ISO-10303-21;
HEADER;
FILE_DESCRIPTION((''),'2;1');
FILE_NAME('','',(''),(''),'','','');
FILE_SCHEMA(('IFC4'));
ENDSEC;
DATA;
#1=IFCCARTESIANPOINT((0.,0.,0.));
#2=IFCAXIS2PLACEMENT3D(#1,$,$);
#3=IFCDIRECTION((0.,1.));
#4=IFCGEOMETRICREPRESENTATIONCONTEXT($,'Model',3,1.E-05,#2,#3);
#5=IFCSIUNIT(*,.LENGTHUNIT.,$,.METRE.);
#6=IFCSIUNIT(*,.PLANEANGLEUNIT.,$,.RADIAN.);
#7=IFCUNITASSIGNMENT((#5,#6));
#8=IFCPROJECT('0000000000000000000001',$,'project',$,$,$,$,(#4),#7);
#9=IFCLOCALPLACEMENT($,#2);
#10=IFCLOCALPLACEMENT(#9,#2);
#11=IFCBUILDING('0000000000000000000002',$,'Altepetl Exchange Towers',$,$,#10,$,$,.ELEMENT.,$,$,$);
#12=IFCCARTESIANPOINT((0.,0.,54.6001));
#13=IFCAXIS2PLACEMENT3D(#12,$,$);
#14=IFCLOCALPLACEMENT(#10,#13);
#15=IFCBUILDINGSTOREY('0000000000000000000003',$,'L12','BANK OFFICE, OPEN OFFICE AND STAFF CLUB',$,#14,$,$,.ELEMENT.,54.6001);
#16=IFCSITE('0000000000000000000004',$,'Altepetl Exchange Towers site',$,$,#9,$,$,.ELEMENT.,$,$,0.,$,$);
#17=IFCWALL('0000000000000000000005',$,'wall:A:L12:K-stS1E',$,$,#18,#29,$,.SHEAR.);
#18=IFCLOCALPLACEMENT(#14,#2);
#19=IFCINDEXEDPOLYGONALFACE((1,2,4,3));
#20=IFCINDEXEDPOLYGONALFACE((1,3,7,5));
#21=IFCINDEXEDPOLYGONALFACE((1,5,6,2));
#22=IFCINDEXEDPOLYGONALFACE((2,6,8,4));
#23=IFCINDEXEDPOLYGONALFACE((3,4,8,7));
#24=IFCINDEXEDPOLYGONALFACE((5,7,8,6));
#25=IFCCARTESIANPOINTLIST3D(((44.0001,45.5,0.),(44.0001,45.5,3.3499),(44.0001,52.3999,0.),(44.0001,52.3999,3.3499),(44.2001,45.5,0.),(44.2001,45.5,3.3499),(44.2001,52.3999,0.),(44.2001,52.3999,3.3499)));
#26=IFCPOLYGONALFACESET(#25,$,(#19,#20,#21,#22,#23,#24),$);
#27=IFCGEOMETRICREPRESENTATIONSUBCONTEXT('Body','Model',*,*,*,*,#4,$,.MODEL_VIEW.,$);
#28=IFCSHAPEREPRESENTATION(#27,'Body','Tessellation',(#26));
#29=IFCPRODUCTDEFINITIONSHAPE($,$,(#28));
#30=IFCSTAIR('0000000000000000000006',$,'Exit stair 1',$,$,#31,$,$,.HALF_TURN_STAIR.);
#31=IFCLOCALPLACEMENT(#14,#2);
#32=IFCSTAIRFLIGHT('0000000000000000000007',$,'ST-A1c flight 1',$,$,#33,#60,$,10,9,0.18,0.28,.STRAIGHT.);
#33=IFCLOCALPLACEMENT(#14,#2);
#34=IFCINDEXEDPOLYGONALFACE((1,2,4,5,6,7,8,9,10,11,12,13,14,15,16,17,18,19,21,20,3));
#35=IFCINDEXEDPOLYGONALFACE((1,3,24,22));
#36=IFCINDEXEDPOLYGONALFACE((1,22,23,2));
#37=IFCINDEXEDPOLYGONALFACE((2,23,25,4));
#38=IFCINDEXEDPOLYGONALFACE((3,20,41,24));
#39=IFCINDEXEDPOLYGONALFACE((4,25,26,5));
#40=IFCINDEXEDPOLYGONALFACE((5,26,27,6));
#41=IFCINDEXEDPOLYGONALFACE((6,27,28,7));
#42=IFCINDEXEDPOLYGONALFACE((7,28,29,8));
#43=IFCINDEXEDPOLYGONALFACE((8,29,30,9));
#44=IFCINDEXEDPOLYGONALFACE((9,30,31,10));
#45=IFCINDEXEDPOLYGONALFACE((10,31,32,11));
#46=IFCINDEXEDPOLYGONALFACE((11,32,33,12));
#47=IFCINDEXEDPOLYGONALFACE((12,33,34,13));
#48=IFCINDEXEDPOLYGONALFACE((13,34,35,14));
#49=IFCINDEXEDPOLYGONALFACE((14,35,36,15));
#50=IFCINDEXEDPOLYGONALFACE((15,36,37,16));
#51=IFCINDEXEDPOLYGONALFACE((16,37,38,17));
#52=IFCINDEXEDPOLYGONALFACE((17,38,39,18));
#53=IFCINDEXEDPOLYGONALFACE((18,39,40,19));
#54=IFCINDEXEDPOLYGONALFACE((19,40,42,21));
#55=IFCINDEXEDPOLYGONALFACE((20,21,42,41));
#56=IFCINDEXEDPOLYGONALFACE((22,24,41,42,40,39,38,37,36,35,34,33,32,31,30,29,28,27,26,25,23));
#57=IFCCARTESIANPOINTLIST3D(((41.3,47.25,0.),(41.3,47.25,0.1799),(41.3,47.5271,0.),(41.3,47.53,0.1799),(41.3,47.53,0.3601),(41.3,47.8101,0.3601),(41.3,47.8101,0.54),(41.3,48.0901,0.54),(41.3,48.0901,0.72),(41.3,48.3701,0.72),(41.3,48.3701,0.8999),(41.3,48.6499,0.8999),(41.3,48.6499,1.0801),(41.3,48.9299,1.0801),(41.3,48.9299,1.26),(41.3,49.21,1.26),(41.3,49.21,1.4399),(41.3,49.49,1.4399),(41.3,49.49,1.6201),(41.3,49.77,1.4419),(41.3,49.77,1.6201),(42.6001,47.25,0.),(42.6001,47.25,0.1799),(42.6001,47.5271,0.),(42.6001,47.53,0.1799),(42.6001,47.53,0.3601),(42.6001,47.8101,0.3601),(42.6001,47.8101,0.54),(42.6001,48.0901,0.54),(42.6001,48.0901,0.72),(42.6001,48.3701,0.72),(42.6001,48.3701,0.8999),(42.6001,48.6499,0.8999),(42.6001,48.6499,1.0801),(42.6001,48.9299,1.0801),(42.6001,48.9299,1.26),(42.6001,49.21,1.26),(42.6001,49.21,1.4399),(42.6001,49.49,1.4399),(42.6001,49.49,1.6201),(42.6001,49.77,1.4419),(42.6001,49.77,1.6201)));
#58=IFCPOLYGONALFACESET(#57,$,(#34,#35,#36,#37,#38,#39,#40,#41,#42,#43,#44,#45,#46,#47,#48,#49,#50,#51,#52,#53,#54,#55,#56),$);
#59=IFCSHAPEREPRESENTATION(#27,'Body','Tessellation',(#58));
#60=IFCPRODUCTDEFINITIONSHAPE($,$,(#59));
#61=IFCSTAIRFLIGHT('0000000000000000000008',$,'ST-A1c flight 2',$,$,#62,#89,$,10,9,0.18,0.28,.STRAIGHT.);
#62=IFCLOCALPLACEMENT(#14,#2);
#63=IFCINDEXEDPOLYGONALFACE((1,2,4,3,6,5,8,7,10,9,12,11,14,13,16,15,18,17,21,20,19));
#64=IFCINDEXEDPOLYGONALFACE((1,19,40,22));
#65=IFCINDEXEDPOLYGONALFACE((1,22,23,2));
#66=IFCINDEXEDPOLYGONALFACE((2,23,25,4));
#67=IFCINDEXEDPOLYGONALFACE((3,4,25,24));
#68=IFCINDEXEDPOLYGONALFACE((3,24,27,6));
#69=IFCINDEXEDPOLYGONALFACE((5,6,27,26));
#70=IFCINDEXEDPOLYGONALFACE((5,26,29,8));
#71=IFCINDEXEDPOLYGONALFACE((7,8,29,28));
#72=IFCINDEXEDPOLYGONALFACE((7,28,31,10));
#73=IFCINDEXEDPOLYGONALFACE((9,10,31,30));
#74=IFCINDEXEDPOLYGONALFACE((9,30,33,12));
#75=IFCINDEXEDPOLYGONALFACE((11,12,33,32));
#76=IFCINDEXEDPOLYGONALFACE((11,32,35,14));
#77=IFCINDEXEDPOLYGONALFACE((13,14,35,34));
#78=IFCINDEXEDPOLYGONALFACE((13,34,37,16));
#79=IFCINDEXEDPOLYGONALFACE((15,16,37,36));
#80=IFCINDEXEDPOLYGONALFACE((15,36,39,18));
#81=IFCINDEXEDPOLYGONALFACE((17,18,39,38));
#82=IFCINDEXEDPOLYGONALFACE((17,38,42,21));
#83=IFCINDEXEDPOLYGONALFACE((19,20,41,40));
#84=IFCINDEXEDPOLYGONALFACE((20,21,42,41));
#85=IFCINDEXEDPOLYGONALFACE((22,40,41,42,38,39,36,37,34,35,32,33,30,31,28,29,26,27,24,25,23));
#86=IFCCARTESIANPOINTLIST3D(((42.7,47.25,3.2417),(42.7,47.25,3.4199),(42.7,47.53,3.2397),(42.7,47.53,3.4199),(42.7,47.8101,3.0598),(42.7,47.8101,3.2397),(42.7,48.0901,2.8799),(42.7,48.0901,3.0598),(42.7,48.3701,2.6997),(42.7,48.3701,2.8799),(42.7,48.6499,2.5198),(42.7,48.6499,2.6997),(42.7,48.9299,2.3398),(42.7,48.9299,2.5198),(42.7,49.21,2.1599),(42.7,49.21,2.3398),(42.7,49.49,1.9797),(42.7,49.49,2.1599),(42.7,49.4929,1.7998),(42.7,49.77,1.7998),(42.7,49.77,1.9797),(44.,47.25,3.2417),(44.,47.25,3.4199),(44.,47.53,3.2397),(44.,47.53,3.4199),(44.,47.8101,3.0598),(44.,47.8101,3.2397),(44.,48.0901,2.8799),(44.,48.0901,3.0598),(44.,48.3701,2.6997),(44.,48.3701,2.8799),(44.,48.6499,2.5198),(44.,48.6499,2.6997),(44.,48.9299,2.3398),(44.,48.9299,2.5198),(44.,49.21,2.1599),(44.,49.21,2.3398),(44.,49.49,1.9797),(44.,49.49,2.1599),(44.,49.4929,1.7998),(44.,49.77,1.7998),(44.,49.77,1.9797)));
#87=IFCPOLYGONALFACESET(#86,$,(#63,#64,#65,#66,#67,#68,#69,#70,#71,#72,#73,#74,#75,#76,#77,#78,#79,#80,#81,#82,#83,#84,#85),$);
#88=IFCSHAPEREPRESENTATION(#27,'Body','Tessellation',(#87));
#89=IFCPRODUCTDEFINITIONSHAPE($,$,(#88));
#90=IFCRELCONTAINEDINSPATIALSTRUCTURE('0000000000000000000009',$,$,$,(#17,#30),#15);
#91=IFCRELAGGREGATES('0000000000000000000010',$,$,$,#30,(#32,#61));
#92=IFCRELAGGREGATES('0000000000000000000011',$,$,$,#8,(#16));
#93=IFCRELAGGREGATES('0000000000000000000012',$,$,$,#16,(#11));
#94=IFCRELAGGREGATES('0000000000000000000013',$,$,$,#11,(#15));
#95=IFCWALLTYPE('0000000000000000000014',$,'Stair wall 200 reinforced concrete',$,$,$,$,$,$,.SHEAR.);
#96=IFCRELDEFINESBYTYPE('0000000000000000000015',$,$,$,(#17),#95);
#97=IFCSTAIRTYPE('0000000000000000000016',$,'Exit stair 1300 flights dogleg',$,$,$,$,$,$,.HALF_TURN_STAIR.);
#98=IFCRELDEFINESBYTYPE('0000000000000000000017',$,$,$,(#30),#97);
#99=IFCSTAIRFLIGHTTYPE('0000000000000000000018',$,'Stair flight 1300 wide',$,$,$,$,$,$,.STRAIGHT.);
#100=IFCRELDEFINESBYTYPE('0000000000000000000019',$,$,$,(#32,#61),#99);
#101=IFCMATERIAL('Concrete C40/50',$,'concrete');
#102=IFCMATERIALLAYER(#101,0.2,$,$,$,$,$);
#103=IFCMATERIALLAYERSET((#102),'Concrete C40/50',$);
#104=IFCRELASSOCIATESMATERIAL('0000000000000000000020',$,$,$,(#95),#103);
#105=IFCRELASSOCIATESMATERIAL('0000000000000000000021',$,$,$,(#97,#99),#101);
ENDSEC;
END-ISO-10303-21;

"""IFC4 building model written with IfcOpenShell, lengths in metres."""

from ifc_helpers import new_model, si_unit, direction, frame, frame_2d, origin, place, context, subcontext, project, spatial, polyline, rectangle, outline, extrude, material, layer, layer_set, type_object, element, aggregate, save


model = new_model("IFC4")

# Units and contexts
model_context = context("Model", 3, precision=1e-05, world=origin(), true_north=direction((0.0, 1.0)))
body_context = subcontext(model_context, "Body", "Model", "MODEL_VIEW")
ifc_project = project(units=[si_unit("LENGTHUNIT", "METRE"), si_unit("PLANEANGLEUNIT", "RADIAN")], contexts=[model_context])

# Site, building, storey
site_placement = place(None, origin())
site = spatial("IfcSite", under=ifc_project, at=site_placement, Name="Altepetl Exchange Towers site", CompositionType="ELEMENT", RefElevation=0.0)
building_placement = place(site_placement, origin())
building = spatial("IfcBuilding", under=site, at=building_placement, Name="Altepetl Exchange Towers", CompositionType="ELEMENT")
storey_placement = place(building_placement, frame((0.0, 0.0, 54.6001)))
storey = spatial("IfcBuildingStorey", under=building, at=storey_placement, Name="L12", Description="BANK OFFICE, OPEN OFFICE AND STAFF CLUB", CompositionType="ELEMENT", Elevation=54.6001)

# Shared definitions
ifc_material_1 = material(Name="Concrete C40/50", Category="concrete")

# Wall
ifc_layer_1 = layer(ifc_material_1, 0.2)
ifc_layer_set_1 = layer_set([ifc_layer_1], Name="Concrete C40/50")
wall_type_1 = type_object("IfcWallType", Name="Stair wall 200 reinforced concrete", PredefinedType="SHEAR", material=ifc_layer_set_1)
wall_1_placement = place(storey_placement, frame((44.1001, 45.5, 0.0), z_axis=(0.0, 0.0, 1.0), x_axis=(0.0, 1.0, 0.0)))
element("IfcWall", 1, at=wall_1_placement, inside=storey, type_object=wall_type_1, Name="wall:A:L12:K-stS1E", PredefinedType="SHEAR", context=body_context, shape_type="SweptSolid", body=[
    extrude(rectangle(XDim=6.8999, YDim=0.2, at=frame_2d((3.45, 0.0))), origin(), (0.0, 0.0, 1.0), 3.3499),
])

# Stair, stair flights
stair_type = type_object("IfcStairType", Name="Exit stair 1300 flights dogleg", PredefinedType="HALF_TURN_STAIR", material=ifc_material_1)
stair_placement = place(storey_placement, origin())
stair = element("IfcStair", 2, at=stair_placement, inside=storey, type_object=stair_type, Name="Exit stair 1", PredefinedType="HALF_TURN_STAIR")
stair_flight_type = type_object("IfcStairFlightType", Name="Stair flight 1300 wide", PredefinedType="STRAIGHT", material=ifc_material_1)
stair_flight_1_placement = place(storey_placement, frame((41.95, 47.25, 0.0), z_axis=(0.0, 0.0, 1.0), x_axis=(0.0, 1.0, 0.0)))
stair_flight_1 = element("IfcStairFlight", 3, at=stair_flight_1_placement, type_object=stair_flight_type, Name="ST-A1c flight 1", NumberOfRisers=10, NumberOfTreads=9, PredefinedType="STRAIGHT", RiserHeight=0.18, TreadLength=0.28, context=body_context, shape_type="SweptSolid", body=[
    extrude(outline(polyline([(0.0, 0.0), (0.0, 0.1799), (0.28, 0.1799), (0.28, 0.3601), (0.5601, 0.3601), (0.5601, 0.54), (0.8401, 0.54), (0.8401, 0.72), (1.1201, 0.72), (1.1201, 0.8999), (1.3999, 0.8999), (1.3999, 1.0801), (1.6799, 1.0801), (1.6799, 1.26), (1.96, 1.26), (1.96, 1.4399), (2.24, 1.4399), (2.24, 1.6201), (2.52, 1.6201), (2.52, 1.8), (2.52, 1.4419), (0.2771, 0.0), (0.0, 0.0)])), frame((0.0, 0.6499, 0.0), z_axis=(0.0, -1.0, 0.0), x_axis=(1.0, 0.0, 0.0)), (0.0, 0.0, 1.0), 1.3),
])
stair_flight_2_placement = place(storey_placement, frame((43.3501, 49.77, 1.7998), z_axis=(0.0, 0.0, 1.0), x_axis=(0.0, -1.0, 0.0)))
stair_flight_2 = element("IfcStairFlight", 4, at=stair_flight_2_placement, type_object=stair_flight_type, Name="ST-A1c flight 2", NumberOfRisers=10, NumberOfTreads=9, PredefinedType="STRAIGHT", RiserHeight=0.18, TreadLength=0.28, context=body_context, shape_type="SweptSolid", body=[
    extrude(outline(polyline([(0.0, 0.0), (0.0, 0.1799), (0.28, 0.1799), (0.28, 0.3601), (0.5601, 0.3601), (0.5601, 0.54), (0.8401, 0.54), (0.8401, 0.72), (1.1201, 0.72), (1.1201, 0.8999), (1.3999, 0.8999), (1.3999, 1.0801), (1.6799, 1.0801), (1.6799, 1.26), (1.96, 1.26), (1.96, 1.4399), (2.24, 1.4399), (2.24, 1.6201), (2.52, 1.6201), (2.52, 1.8), (2.52, 1.4419), (0.2771, 0.0), (0.0, 0.0)])), frame((0.0, 0.6499, 0.0), z_axis=(0.0, -1.0, 0.0), x_axis=(1.0, 0.0, 0.0)), (0.0, 0.0, 1.0), 1.3),
])
aggregate(stair, [stair_flight_1, stair_flight_2])

save(model, "model.ifc")
